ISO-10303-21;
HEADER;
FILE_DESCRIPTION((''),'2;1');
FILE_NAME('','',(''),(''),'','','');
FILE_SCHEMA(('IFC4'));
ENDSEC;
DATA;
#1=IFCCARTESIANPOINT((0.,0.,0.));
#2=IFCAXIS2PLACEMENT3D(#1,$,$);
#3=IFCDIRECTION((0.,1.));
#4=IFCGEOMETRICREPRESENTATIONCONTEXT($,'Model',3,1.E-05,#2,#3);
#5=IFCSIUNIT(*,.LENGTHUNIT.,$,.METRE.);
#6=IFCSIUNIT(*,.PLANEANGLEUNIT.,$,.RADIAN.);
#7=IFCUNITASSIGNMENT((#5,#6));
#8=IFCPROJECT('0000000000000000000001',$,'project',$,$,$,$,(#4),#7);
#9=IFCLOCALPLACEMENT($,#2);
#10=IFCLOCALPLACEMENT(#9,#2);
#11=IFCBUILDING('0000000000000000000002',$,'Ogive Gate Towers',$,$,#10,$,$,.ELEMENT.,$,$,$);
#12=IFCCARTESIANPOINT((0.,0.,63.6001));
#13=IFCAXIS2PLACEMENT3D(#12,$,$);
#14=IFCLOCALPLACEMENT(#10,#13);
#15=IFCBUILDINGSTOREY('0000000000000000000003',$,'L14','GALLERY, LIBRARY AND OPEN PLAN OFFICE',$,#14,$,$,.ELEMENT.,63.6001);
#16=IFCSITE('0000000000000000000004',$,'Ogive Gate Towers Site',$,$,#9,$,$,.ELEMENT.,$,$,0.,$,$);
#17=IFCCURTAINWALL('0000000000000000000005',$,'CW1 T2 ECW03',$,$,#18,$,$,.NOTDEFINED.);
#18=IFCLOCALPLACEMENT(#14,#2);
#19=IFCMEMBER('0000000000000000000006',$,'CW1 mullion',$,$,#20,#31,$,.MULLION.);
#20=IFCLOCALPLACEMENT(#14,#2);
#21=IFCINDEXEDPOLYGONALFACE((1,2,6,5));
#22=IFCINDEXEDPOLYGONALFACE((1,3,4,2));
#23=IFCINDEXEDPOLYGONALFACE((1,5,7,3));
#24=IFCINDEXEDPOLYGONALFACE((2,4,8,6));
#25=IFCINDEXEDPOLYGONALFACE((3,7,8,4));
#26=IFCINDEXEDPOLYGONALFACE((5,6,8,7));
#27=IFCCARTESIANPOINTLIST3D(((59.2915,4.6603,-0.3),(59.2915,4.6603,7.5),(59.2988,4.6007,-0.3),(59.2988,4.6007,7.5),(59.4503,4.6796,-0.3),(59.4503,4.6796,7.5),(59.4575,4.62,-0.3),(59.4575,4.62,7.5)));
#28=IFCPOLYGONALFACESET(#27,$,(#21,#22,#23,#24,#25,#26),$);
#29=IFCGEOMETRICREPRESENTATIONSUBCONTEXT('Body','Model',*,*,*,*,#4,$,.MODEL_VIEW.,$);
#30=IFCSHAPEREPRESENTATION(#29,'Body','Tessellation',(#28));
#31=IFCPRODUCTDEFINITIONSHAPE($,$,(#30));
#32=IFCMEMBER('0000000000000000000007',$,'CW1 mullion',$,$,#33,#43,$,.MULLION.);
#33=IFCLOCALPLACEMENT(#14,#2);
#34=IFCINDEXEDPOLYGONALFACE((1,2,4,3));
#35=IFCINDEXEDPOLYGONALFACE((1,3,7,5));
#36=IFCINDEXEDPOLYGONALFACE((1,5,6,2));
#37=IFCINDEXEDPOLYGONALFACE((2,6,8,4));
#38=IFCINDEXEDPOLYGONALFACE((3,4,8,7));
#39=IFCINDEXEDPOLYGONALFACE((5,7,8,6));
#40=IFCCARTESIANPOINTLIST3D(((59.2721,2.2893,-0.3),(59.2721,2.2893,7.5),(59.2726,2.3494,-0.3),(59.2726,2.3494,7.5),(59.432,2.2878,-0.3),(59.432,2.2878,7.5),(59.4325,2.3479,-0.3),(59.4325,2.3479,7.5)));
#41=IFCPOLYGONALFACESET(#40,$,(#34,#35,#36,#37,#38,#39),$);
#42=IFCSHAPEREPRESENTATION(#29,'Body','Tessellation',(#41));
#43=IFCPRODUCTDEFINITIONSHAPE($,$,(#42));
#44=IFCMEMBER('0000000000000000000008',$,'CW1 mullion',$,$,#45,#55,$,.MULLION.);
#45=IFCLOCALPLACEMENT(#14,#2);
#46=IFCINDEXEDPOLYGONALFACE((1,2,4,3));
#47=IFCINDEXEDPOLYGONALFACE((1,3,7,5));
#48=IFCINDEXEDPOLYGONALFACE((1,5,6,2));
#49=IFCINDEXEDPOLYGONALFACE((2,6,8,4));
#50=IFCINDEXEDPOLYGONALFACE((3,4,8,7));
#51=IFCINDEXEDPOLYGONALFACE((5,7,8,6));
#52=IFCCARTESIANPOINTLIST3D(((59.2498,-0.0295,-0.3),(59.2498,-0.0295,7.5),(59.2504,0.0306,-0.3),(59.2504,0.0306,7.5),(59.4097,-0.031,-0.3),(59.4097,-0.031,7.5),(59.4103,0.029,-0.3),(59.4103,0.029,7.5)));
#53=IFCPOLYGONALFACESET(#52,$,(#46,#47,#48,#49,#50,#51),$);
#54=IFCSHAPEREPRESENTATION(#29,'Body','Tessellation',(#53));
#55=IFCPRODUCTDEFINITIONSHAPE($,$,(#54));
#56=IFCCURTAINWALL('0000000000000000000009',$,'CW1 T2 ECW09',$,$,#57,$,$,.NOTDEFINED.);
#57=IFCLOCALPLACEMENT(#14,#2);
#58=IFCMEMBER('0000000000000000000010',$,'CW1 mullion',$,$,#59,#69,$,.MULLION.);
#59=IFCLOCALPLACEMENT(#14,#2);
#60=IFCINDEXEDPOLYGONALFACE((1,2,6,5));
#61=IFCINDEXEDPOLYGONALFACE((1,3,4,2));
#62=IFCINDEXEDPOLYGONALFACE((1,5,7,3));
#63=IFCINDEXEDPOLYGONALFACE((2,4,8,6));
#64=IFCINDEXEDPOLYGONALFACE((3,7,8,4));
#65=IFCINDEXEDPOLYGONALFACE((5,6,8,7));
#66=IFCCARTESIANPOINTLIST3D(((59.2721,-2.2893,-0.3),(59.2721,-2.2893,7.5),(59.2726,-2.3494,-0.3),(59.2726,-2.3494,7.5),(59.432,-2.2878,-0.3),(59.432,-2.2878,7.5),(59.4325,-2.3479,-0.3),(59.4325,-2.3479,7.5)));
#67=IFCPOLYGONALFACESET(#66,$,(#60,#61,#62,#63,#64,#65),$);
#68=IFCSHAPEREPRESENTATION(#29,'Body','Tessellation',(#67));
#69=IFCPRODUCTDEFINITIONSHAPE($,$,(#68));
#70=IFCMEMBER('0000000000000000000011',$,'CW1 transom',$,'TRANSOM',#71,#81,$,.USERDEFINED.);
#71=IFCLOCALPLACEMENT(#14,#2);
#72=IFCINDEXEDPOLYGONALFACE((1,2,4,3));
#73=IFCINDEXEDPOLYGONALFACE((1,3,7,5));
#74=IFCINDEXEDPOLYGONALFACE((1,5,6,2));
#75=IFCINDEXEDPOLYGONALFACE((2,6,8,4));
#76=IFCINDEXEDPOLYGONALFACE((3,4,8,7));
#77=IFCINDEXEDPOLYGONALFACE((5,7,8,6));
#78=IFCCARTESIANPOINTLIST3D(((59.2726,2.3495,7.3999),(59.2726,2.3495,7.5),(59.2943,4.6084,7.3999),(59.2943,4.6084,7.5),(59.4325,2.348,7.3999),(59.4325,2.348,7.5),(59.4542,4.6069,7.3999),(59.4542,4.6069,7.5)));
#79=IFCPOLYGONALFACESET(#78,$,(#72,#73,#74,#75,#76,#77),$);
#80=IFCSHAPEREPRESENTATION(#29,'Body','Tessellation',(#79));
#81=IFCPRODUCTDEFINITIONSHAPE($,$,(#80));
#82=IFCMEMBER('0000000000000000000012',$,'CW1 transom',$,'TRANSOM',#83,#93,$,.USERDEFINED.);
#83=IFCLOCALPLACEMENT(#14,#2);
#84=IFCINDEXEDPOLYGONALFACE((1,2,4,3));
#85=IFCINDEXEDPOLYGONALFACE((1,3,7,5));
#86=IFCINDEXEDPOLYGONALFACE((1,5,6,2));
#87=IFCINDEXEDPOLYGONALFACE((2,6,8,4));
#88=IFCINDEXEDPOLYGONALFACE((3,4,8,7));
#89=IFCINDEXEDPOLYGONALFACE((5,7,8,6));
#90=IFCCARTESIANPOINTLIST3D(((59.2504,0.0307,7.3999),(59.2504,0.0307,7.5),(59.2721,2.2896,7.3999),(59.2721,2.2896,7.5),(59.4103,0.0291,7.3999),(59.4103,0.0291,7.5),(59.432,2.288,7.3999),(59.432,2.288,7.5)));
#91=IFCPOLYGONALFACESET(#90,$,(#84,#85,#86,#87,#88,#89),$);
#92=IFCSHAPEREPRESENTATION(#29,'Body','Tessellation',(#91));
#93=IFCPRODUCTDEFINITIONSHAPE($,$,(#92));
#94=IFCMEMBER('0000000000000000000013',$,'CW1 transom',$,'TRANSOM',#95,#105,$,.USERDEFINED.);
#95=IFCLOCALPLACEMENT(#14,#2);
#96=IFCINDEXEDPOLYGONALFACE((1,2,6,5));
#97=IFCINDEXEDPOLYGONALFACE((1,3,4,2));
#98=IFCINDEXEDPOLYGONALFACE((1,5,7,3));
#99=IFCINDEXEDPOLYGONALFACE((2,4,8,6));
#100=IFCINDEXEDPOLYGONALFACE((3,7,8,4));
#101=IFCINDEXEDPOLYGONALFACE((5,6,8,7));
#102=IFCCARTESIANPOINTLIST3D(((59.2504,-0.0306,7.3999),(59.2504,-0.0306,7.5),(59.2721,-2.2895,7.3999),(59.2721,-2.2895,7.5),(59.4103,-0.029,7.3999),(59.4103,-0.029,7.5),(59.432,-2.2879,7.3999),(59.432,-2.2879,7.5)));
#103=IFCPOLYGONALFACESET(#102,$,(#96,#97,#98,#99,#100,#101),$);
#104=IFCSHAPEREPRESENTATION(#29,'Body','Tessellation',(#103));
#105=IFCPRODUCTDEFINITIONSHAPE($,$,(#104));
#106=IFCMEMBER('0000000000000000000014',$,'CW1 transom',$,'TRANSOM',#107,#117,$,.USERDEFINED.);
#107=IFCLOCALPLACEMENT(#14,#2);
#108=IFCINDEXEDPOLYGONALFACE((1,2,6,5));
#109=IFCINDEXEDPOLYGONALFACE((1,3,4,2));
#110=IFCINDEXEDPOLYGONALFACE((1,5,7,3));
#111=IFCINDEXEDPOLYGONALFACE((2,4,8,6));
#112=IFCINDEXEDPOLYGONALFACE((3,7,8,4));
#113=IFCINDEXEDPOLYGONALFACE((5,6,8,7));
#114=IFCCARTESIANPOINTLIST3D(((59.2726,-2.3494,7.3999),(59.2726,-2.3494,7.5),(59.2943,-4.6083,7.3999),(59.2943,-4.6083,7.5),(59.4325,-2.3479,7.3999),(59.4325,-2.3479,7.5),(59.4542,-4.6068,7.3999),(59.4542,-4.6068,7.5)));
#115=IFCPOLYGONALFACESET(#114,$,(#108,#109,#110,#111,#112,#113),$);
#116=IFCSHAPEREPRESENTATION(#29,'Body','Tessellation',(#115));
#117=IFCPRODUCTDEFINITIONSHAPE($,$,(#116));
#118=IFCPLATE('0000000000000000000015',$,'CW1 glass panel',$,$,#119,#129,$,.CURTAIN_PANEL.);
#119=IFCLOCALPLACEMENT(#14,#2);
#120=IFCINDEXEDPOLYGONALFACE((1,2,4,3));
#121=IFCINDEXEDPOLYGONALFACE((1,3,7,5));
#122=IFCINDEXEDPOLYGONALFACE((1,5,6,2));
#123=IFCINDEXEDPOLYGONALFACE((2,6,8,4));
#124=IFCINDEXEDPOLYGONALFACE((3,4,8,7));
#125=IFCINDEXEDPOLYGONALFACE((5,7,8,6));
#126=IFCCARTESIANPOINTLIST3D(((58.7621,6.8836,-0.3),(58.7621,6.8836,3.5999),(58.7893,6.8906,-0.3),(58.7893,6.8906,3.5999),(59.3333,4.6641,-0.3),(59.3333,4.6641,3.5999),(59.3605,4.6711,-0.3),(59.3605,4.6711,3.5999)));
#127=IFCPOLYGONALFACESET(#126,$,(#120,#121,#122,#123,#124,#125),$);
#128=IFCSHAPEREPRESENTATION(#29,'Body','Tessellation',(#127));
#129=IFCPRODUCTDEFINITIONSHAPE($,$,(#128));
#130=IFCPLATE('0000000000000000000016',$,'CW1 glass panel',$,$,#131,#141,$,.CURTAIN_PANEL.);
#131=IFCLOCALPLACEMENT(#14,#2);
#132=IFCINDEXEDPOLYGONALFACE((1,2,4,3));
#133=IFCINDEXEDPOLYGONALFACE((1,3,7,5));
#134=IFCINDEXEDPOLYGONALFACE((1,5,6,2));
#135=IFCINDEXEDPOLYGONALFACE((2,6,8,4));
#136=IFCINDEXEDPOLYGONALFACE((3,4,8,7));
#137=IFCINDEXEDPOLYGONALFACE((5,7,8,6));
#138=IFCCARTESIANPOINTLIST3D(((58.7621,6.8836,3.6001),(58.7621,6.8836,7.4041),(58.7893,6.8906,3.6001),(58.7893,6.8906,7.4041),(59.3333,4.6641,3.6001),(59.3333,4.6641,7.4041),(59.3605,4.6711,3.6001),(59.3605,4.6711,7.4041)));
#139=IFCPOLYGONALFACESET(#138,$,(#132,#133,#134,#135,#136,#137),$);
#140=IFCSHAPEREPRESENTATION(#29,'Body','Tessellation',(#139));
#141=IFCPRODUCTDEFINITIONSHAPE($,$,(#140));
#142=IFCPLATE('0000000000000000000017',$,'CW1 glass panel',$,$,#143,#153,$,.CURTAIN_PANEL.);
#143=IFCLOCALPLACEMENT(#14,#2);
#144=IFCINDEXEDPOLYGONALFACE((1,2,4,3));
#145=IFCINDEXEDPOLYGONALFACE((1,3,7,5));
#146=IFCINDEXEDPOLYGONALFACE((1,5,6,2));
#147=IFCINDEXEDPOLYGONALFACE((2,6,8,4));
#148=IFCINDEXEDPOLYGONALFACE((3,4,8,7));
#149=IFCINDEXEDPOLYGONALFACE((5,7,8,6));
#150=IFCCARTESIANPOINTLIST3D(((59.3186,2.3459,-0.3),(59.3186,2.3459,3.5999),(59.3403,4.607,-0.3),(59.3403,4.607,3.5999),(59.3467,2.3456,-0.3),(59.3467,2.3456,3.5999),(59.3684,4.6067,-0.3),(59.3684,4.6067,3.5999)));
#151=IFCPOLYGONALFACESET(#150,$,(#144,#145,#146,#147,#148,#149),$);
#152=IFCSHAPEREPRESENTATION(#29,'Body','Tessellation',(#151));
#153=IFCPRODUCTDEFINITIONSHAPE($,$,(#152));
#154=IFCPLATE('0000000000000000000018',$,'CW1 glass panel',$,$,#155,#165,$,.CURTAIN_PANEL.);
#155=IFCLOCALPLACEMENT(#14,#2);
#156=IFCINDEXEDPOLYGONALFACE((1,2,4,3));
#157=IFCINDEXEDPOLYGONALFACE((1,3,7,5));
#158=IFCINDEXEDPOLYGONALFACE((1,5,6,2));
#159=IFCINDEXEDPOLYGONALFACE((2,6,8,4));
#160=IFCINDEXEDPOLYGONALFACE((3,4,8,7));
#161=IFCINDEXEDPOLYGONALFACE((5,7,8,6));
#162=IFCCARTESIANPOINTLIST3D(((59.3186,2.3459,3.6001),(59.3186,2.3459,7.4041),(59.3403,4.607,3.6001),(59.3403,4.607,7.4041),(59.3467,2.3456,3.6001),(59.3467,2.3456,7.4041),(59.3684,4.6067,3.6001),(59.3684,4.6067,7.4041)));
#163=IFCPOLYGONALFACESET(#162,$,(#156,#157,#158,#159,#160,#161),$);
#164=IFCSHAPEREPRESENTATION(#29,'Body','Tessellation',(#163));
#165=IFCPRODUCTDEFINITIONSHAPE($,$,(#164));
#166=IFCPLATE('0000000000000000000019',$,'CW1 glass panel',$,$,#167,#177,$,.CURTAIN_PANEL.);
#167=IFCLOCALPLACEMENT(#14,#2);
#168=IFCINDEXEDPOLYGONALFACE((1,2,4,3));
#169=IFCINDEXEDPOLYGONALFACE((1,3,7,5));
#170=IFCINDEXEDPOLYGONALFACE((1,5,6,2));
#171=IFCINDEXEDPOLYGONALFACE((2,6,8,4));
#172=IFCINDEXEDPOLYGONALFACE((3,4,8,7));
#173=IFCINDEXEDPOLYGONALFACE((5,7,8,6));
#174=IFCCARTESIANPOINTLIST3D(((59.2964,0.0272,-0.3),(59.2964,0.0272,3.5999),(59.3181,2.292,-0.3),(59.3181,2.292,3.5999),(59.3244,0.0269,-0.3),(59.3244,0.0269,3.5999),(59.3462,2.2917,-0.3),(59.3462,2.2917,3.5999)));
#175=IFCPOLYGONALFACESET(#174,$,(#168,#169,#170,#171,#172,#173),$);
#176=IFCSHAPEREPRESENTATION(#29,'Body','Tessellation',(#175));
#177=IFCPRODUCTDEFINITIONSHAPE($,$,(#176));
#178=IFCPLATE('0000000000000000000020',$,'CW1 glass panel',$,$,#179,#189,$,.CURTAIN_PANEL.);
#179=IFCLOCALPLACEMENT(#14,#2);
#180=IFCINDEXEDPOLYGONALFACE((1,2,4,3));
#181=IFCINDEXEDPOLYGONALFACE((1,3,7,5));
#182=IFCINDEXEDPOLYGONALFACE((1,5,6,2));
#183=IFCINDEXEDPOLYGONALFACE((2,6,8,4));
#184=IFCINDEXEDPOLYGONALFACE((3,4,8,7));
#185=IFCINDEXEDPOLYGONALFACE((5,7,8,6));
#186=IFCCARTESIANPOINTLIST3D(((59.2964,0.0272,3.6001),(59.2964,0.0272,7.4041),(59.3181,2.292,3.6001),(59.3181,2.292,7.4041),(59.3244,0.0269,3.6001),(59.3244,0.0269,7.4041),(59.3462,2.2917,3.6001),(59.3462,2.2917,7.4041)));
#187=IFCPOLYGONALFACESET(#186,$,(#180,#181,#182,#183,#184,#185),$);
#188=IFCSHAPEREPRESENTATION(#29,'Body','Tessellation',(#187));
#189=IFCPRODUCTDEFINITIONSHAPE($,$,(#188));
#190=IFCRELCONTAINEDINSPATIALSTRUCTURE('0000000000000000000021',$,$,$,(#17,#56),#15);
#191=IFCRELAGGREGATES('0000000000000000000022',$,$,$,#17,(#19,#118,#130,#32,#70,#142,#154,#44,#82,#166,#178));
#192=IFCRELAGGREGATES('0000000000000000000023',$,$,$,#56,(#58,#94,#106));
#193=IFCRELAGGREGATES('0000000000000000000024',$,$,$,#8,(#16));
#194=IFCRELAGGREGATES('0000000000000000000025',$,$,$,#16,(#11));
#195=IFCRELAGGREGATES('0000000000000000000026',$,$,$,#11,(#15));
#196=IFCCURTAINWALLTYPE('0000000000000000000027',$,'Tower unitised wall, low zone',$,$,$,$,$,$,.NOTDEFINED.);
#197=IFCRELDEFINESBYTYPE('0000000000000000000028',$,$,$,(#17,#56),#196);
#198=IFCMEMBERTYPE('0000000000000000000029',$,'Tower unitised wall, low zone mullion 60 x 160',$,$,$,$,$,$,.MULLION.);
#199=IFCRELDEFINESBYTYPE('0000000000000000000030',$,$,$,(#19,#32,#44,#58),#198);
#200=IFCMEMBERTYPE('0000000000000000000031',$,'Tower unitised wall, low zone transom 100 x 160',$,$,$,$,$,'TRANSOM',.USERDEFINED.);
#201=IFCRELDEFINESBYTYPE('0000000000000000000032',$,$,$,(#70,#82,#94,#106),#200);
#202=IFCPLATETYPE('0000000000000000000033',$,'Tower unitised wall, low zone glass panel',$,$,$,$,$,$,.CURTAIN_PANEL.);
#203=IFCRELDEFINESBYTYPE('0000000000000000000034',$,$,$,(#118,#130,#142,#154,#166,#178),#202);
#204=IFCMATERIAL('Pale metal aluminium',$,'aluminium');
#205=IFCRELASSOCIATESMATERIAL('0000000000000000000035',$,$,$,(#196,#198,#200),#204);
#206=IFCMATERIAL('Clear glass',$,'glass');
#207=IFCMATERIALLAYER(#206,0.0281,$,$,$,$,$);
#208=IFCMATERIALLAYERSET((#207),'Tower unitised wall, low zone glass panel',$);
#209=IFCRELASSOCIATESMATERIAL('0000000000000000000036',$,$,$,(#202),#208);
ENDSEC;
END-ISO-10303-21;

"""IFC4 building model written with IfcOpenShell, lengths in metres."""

from ifc_helpers import new_model, si_unit, direction, frame, origin, origin_2d, place, context, subcontext, project, spatial, rectangle, extrude, material, layer, layer_set, material_profile, profile_set, type_object, element, aggregate, save


model = new_model("IFC4")

# Units and contexts
model_context = context("Model", 3, precision=1e-05, world=origin(), true_north=direction((0.0, 1.0)))
body_context = subcontext(model_context, "Body", "Model", "MODEL_VIEW")
ifc_project = project(units=[si_unit("LENGTHUNIT", "METRE"), si_unit("PLANEANGLEUNIT", "RADIAN")], contexts=[model_context])

# Site, building, storey
site_placement = place(None, origin())
site = spatial("IfcSite", under=ifc_project, at=site_placement, Name="Ogive Gate Towers Site", CompositionType="ELEMENT", RefElevation=0.0)
building_placement = place(site_placement, origin())
building = spatial("IfcBuilding", under=site, at=building_placement, Name="Ogive Gate Towers", CompositionType="ELEMENT")
storey_placement = place(building_placement, frame((0.0, 0.0, 63.6001)))
storey = spatial("IfcBuildingStorey", under=building, at=storey_placement, Name="L14", Description="GALLERY, LIBRARY AND OPEN PLAN OFFICE", CompositionType="ELEMENT", Elevation=63.6001)

# Curtain wall, members
ifc_material_1 = material(Name="Pale metal aluminium", Category="aluminium")
curtain_wall_type = type_object("IfcCurtainWallType", Name="Tower unitised wall, low zone", PredefinedType="NOTDEFINED", material=ifc_material_1)
curtain_wall_1_placement = place(storey_placement, origin())
curtain_wall_1 = element("IfcCurtainWall", 1, at=curtain_wall_1_placement, inside=storey, type_object=curtain_wall_type, Name="CW1 T2 ECW03", PredefinedType="NOTDEFINED")
ifc_material_profile_1 = material_profile(ifc_material_1, rectangle(XDim=0.1599, YDim=0.0601, at=origin_2d()), Name="60 x 160 aluminium box")
ifc_profile_set_1 = profile_set([ifc_material_profile_1], Name="Pale metal aluminium")
member_type_1 = type_object("IfcMemberType", Name="Tower unitised wall, low zone mullion 60 x 160", PredefinedType="MULLION", material=ifc_profile_set_1)
member_1_placement = place(storey_placement, frame((59.3745, 4.6401, -0.3), z_axis=(0.0, 0.0, 1.0), x_axis=(-0.992669, -0.120865, 0.0)))
member_1 = element("IfcMember", 2, at=member_1_placement, type_object=member_type_1, Name="CW1 mullion", PredefinedType="MULLION", context=body_context, shape_type="SweptSolid", body=[
    extrude(rectangle(XDim=0.1599, YDim=0.0601, at=origin_2d()), origin(), (0.0, 0.0, 1.0), 7.8),
])
member_2_placement = place(storey_placement, frame((59.3523, 2.3186, -0.3), z_axis=(0.0, 0.0, 1.0), x_axis=(-0.999954, 0.009599, 0.0)))
member_2 = element("IfcMember", 3, at=member_2_placement, type_object=member_type_1, Name="CW1 mullion", PredefinedType="MULLION", context=body_context, shape_type="SweptSolid", body=[
    extrude(rectangle(XDim=0.1599, YDim=0.0601, at=origin_2d()), origin(), (0.0, 0.0, 1.0), 7.8),
])
member_3_placement = place(storey_placement, frame((59.3301, -0.0002, -0.3), z_axis=(0.0, 0.0, 1.0), x_axis=(-0.999954, 0.009617, 0.0)))
member_3 = element("IfcMember", 4, at=member_3_placement, type_object=member_type_1, Name="CW1 mullion", PredefinedType="MULLION", context=body_context, shape_type="SweptSolid", body=[
    extrude(rectangle(XDim=0.1599, YDim=0.0601, at=origin_2d()), origin(), (0.0, 0.0, 1.0), 7.8),
])

# Curtain wall, member
curtain_wall_2_placement = place(storey_placement, origin())
curtain_wall_2 = element("IfcCurtainWall", 5, at=curtain_wall_2_placement, inside=storey, type_object=curtain_wall_type, Name="CW1 T2 ECW09", PredefinedType="NOTDEFINED")
member_4_placement = place(storey_placement, frame((59.3523, -2.3186, -0.3), z_axis=(0.0, 0.0, 1.0), x_axis=(-0.999954, -0.009599, 0.0)))
member_4 = element("IfcMember", 6, at=member_4_placement, type_object=member_type_1, Name="CW1 mullion", PredefinedType="MULLION", context=body_context, shape_type="SweptSolid", body=[
    extrude(rectangle(XDim=0.1599, YDim=0.0601, at=origin_2d()), origin(), (0.0, 0.0, 1.0), 7.8),
])

# Members
ifc_material_profile_2 = material_profile(ifc_material_1, rectangle(XDim=0.1599, YDim=0.1001, at=origin_2d()), Name="100 x 160 aluminium box")
ifc_profile_set_2 = profile_set([ifc_material_profile_2], Name="Pale metal aluminium")
member_type_2 = type_object("IfcMemberType", Name="Tower unitised wall, low zone transom 100 x 160", ElementType="TRANSOM", PredefinedType="USERDEFINED", material=ifc_profile_set_2)
member_5_placement = place(storey_placement, frame((59.3743, 4.6077, 7.45), z_axis=(-0.009618, -0.999954, 0.0), x_axis=(0.999954, -0.009618, 0.0)))
member_5 = element("IfcMember", 7, at=member_5_placement, type_object=member_type_2, Name="CW1 transom", ObjectType="TRANSOM", PredefinedType="USERDEFINED", context=body_context, shape_type="SweptSolid", body=[
    extrude(rectangle(XDim=0.1599, YDim=0.1001, at=origin_2d()), origin(), (0.0, 0.0, 1.0), 2.259),
])
member_6_placement = place(storey_placement, frame((59.3521, 2.2888, 7.45), z_axis=(-0.009618, -0.999954, 0.0), x_axis=(0.999954, -0.009618, 0.0)))
member_6 = element("IfcMember", 8, at=member_6_placement, type_object=member_type_2, Name="CW1 transom", ObjectType="TRANSOM", PredefinedType="USERDEFINED", context=body_context, shape_type="SweptSolid", body=[
    extrude(rectangle(XDim=0.1599, YDim=0.1001, at=origin_2d()), origin(), (0.0, 0.0, 1.0), 2.259),
])
member_7_placement = place(storey_placement, frame((59.3303, -0.0298, 7.45), z_axis=(0.009618, -0.999954, 0.0), x_axis=(0.999954, 0.009618, 0.0)))
member_7 = element("IfcMember", 9, at=member_7_placement, type_object=member_type_2, Name="CW1 transom", ObjectType="TRANSOM", PredefinedType="USERDEFINED", context=body_context, shape_type="SweptSolid", body=[
    extrude(rectangle(XDim=0.1599, YDim=0.1001, at=origin_2d()), origin(), (0.0, 0.0, 1.0), 2.259),
])
member_8_placement = place(storey_placement, frame((59.3525, -2.3486, 7.45), z_axis=(0.009618, -0.999954, 0.0), x_axis=(0.999954, 0.009618, 0.0)))
member_8 = element("IfcMember", 10, at=member_8_placement, type_object=member_type_2, Name="CW1 transom", ObjectType="TRANSOM", PredefinedType="USERDEFINED", context=body_context, shape_type="SweptSolid", body=[
    extrude(rectangle(XDim=0.1599, YDim=0.1001, at=origin_2d()), origin(), (0.0, 0.0, 1.0), 2.259),
])

# Plates
ifc_material_2 = material(Name="Clear glass", Category="glass")
ifc_layer_1 = layer(ifc_material_2, 0.0281)
ifc_layer_set_1 = layer_set([ifc_layer_1], Name="Tower unitised wall, low zone glass panel")
plate_type = type_object("IfcPlateType", Name="Tower unitised wall, low zone glass panel", PredefinedType="CURTAIN_PANEL", material=ifc_layer_set_1)
plate_1_placement = place(storey_placement, frame((59.0613, 5.7773, -0.3), z_axis=(0.0, 0.0, 1.0), x_axis=(0.249248, -0.96844, 0.0)))
plate_1 = element("IfcPlate", 11, at=plate_1_placement, type_object=plate_type, Name="CW1 glass panel", PredefinedType="CURTAIN_PANEL", context=body_context, shape_type="SweptSolid", body=[
    extrude(rectangle(XDim=2.2917, YDim=0.0281, at=origin_2d()), origin(), (0.0, 0.0, 1.0), 3.8999),
])
plate_2_placement = place(storey_placement, frame((59.0613, 5.7773, 3.6001), z_axis=(0.0, 0.0, 1.0), x_axis=(0.249248, -0.96844, 0.0)))
plate_2 = element("IfcPlate", 12, at=plate_2_placement, type_object=plate_type, Name="CW1 glass panel", PredefinedType="CURTAIN_PANEL", context=body_context, shape_type="SweptSolid", body=[
    extrude(rectangle(XDim=2.2917, YDim=0.0281, at=origin_2d()), origin(), (0.0, 0.0, 1.0), 3.804),
])
plate_3_placement = place(storey_placement, frame((59.3435, 3.4763, -0.3), z_axis=(0.0, 0.0, 1.0), x_axis=(-0.009582, -0.999954, 0.0)))
plate_3 = element("IfcPlate", 13, at=plate_3_placement, type_object=plate_type, Name="CW1 glass panel", PredefinedType="CURTAIN_PANEL", context=body_context, shape_type="SweptSolid", body=[
    extrude(rectangle(XDim=2.2612, YDim=0.0281, at=origin_2d()), origin(), (0.0, 0.0, 1.0), 3.8999),
])
plate_4_placement = place(storey_placement, frame((59.3435, 3.4763, 3.6001), z_axis=(0.0, 0.0, 1.0), x_axis=(-0.009582, -0.999954, 0.0)))
plate_4 = element("IfcPlate", 14, at=plate_4_placement, type_object=plate_type, Name="CW1 glass panel", PredefinedType="CURTAIN_PANEL", context=body_context, shape_type="SweptSolid", body=[
    extrude(rectangle(XDim=2.2612, YDim=0.0281, at=origin_2d()), origin(), (0.0, 0.0, 1.0), 3.804),
])
plate_5_placement = place(storey_placement, frame((59.3213, 1.1594, -0.3), z_axis=(0.0, 0.0, 1.0), x_axis=(-0.009617, -0.999954, 0.0)))
plate_5 = element("IfcPlate", 15, at=plate_5_placement, type_object=plate_type, Name="CW1 glass panel", PredefinedType="CURTAIN_PANEL", context=body_context, shape_type="SweptSolid", body=[
    extrude(rectangle(XDim=2.2649, YDim=0.0281, at=origin_2d()), origin(), (0.0, 0.0, 1.0), 3.8999),
])
plate_6_placement = place(storey_placement, frame((59.3213, 1.1594, 3.6001), z_axis=(0.0, 0.0, 1.0), x_axis=(-0.009617, -0.999954, 0.0)))
plate_6 = element("IfcPlate", 16, at=plate_6_placement, type_object=plate_type, Name="CW1 glass panel", PredefinedType="CURTAIN_PANEL", context=body_context, shape_type="SweptSolid", body=[
    extrude(rectangle(XDim=2.2649, YDim=0.0281, at=origin_2d()), origin(), (0.0, 0.0, 1.0), 3.804),
])
aggregate(curtain_wall_1, [member_1, plate_1, plate_2, member_2, member_5, plate_3, plate_4, member_3, member_6, plate_5, plate_6])
aggregate(curtain_wall_2, [member_4, member_7, member_8])

save(model, "model.ifc")
